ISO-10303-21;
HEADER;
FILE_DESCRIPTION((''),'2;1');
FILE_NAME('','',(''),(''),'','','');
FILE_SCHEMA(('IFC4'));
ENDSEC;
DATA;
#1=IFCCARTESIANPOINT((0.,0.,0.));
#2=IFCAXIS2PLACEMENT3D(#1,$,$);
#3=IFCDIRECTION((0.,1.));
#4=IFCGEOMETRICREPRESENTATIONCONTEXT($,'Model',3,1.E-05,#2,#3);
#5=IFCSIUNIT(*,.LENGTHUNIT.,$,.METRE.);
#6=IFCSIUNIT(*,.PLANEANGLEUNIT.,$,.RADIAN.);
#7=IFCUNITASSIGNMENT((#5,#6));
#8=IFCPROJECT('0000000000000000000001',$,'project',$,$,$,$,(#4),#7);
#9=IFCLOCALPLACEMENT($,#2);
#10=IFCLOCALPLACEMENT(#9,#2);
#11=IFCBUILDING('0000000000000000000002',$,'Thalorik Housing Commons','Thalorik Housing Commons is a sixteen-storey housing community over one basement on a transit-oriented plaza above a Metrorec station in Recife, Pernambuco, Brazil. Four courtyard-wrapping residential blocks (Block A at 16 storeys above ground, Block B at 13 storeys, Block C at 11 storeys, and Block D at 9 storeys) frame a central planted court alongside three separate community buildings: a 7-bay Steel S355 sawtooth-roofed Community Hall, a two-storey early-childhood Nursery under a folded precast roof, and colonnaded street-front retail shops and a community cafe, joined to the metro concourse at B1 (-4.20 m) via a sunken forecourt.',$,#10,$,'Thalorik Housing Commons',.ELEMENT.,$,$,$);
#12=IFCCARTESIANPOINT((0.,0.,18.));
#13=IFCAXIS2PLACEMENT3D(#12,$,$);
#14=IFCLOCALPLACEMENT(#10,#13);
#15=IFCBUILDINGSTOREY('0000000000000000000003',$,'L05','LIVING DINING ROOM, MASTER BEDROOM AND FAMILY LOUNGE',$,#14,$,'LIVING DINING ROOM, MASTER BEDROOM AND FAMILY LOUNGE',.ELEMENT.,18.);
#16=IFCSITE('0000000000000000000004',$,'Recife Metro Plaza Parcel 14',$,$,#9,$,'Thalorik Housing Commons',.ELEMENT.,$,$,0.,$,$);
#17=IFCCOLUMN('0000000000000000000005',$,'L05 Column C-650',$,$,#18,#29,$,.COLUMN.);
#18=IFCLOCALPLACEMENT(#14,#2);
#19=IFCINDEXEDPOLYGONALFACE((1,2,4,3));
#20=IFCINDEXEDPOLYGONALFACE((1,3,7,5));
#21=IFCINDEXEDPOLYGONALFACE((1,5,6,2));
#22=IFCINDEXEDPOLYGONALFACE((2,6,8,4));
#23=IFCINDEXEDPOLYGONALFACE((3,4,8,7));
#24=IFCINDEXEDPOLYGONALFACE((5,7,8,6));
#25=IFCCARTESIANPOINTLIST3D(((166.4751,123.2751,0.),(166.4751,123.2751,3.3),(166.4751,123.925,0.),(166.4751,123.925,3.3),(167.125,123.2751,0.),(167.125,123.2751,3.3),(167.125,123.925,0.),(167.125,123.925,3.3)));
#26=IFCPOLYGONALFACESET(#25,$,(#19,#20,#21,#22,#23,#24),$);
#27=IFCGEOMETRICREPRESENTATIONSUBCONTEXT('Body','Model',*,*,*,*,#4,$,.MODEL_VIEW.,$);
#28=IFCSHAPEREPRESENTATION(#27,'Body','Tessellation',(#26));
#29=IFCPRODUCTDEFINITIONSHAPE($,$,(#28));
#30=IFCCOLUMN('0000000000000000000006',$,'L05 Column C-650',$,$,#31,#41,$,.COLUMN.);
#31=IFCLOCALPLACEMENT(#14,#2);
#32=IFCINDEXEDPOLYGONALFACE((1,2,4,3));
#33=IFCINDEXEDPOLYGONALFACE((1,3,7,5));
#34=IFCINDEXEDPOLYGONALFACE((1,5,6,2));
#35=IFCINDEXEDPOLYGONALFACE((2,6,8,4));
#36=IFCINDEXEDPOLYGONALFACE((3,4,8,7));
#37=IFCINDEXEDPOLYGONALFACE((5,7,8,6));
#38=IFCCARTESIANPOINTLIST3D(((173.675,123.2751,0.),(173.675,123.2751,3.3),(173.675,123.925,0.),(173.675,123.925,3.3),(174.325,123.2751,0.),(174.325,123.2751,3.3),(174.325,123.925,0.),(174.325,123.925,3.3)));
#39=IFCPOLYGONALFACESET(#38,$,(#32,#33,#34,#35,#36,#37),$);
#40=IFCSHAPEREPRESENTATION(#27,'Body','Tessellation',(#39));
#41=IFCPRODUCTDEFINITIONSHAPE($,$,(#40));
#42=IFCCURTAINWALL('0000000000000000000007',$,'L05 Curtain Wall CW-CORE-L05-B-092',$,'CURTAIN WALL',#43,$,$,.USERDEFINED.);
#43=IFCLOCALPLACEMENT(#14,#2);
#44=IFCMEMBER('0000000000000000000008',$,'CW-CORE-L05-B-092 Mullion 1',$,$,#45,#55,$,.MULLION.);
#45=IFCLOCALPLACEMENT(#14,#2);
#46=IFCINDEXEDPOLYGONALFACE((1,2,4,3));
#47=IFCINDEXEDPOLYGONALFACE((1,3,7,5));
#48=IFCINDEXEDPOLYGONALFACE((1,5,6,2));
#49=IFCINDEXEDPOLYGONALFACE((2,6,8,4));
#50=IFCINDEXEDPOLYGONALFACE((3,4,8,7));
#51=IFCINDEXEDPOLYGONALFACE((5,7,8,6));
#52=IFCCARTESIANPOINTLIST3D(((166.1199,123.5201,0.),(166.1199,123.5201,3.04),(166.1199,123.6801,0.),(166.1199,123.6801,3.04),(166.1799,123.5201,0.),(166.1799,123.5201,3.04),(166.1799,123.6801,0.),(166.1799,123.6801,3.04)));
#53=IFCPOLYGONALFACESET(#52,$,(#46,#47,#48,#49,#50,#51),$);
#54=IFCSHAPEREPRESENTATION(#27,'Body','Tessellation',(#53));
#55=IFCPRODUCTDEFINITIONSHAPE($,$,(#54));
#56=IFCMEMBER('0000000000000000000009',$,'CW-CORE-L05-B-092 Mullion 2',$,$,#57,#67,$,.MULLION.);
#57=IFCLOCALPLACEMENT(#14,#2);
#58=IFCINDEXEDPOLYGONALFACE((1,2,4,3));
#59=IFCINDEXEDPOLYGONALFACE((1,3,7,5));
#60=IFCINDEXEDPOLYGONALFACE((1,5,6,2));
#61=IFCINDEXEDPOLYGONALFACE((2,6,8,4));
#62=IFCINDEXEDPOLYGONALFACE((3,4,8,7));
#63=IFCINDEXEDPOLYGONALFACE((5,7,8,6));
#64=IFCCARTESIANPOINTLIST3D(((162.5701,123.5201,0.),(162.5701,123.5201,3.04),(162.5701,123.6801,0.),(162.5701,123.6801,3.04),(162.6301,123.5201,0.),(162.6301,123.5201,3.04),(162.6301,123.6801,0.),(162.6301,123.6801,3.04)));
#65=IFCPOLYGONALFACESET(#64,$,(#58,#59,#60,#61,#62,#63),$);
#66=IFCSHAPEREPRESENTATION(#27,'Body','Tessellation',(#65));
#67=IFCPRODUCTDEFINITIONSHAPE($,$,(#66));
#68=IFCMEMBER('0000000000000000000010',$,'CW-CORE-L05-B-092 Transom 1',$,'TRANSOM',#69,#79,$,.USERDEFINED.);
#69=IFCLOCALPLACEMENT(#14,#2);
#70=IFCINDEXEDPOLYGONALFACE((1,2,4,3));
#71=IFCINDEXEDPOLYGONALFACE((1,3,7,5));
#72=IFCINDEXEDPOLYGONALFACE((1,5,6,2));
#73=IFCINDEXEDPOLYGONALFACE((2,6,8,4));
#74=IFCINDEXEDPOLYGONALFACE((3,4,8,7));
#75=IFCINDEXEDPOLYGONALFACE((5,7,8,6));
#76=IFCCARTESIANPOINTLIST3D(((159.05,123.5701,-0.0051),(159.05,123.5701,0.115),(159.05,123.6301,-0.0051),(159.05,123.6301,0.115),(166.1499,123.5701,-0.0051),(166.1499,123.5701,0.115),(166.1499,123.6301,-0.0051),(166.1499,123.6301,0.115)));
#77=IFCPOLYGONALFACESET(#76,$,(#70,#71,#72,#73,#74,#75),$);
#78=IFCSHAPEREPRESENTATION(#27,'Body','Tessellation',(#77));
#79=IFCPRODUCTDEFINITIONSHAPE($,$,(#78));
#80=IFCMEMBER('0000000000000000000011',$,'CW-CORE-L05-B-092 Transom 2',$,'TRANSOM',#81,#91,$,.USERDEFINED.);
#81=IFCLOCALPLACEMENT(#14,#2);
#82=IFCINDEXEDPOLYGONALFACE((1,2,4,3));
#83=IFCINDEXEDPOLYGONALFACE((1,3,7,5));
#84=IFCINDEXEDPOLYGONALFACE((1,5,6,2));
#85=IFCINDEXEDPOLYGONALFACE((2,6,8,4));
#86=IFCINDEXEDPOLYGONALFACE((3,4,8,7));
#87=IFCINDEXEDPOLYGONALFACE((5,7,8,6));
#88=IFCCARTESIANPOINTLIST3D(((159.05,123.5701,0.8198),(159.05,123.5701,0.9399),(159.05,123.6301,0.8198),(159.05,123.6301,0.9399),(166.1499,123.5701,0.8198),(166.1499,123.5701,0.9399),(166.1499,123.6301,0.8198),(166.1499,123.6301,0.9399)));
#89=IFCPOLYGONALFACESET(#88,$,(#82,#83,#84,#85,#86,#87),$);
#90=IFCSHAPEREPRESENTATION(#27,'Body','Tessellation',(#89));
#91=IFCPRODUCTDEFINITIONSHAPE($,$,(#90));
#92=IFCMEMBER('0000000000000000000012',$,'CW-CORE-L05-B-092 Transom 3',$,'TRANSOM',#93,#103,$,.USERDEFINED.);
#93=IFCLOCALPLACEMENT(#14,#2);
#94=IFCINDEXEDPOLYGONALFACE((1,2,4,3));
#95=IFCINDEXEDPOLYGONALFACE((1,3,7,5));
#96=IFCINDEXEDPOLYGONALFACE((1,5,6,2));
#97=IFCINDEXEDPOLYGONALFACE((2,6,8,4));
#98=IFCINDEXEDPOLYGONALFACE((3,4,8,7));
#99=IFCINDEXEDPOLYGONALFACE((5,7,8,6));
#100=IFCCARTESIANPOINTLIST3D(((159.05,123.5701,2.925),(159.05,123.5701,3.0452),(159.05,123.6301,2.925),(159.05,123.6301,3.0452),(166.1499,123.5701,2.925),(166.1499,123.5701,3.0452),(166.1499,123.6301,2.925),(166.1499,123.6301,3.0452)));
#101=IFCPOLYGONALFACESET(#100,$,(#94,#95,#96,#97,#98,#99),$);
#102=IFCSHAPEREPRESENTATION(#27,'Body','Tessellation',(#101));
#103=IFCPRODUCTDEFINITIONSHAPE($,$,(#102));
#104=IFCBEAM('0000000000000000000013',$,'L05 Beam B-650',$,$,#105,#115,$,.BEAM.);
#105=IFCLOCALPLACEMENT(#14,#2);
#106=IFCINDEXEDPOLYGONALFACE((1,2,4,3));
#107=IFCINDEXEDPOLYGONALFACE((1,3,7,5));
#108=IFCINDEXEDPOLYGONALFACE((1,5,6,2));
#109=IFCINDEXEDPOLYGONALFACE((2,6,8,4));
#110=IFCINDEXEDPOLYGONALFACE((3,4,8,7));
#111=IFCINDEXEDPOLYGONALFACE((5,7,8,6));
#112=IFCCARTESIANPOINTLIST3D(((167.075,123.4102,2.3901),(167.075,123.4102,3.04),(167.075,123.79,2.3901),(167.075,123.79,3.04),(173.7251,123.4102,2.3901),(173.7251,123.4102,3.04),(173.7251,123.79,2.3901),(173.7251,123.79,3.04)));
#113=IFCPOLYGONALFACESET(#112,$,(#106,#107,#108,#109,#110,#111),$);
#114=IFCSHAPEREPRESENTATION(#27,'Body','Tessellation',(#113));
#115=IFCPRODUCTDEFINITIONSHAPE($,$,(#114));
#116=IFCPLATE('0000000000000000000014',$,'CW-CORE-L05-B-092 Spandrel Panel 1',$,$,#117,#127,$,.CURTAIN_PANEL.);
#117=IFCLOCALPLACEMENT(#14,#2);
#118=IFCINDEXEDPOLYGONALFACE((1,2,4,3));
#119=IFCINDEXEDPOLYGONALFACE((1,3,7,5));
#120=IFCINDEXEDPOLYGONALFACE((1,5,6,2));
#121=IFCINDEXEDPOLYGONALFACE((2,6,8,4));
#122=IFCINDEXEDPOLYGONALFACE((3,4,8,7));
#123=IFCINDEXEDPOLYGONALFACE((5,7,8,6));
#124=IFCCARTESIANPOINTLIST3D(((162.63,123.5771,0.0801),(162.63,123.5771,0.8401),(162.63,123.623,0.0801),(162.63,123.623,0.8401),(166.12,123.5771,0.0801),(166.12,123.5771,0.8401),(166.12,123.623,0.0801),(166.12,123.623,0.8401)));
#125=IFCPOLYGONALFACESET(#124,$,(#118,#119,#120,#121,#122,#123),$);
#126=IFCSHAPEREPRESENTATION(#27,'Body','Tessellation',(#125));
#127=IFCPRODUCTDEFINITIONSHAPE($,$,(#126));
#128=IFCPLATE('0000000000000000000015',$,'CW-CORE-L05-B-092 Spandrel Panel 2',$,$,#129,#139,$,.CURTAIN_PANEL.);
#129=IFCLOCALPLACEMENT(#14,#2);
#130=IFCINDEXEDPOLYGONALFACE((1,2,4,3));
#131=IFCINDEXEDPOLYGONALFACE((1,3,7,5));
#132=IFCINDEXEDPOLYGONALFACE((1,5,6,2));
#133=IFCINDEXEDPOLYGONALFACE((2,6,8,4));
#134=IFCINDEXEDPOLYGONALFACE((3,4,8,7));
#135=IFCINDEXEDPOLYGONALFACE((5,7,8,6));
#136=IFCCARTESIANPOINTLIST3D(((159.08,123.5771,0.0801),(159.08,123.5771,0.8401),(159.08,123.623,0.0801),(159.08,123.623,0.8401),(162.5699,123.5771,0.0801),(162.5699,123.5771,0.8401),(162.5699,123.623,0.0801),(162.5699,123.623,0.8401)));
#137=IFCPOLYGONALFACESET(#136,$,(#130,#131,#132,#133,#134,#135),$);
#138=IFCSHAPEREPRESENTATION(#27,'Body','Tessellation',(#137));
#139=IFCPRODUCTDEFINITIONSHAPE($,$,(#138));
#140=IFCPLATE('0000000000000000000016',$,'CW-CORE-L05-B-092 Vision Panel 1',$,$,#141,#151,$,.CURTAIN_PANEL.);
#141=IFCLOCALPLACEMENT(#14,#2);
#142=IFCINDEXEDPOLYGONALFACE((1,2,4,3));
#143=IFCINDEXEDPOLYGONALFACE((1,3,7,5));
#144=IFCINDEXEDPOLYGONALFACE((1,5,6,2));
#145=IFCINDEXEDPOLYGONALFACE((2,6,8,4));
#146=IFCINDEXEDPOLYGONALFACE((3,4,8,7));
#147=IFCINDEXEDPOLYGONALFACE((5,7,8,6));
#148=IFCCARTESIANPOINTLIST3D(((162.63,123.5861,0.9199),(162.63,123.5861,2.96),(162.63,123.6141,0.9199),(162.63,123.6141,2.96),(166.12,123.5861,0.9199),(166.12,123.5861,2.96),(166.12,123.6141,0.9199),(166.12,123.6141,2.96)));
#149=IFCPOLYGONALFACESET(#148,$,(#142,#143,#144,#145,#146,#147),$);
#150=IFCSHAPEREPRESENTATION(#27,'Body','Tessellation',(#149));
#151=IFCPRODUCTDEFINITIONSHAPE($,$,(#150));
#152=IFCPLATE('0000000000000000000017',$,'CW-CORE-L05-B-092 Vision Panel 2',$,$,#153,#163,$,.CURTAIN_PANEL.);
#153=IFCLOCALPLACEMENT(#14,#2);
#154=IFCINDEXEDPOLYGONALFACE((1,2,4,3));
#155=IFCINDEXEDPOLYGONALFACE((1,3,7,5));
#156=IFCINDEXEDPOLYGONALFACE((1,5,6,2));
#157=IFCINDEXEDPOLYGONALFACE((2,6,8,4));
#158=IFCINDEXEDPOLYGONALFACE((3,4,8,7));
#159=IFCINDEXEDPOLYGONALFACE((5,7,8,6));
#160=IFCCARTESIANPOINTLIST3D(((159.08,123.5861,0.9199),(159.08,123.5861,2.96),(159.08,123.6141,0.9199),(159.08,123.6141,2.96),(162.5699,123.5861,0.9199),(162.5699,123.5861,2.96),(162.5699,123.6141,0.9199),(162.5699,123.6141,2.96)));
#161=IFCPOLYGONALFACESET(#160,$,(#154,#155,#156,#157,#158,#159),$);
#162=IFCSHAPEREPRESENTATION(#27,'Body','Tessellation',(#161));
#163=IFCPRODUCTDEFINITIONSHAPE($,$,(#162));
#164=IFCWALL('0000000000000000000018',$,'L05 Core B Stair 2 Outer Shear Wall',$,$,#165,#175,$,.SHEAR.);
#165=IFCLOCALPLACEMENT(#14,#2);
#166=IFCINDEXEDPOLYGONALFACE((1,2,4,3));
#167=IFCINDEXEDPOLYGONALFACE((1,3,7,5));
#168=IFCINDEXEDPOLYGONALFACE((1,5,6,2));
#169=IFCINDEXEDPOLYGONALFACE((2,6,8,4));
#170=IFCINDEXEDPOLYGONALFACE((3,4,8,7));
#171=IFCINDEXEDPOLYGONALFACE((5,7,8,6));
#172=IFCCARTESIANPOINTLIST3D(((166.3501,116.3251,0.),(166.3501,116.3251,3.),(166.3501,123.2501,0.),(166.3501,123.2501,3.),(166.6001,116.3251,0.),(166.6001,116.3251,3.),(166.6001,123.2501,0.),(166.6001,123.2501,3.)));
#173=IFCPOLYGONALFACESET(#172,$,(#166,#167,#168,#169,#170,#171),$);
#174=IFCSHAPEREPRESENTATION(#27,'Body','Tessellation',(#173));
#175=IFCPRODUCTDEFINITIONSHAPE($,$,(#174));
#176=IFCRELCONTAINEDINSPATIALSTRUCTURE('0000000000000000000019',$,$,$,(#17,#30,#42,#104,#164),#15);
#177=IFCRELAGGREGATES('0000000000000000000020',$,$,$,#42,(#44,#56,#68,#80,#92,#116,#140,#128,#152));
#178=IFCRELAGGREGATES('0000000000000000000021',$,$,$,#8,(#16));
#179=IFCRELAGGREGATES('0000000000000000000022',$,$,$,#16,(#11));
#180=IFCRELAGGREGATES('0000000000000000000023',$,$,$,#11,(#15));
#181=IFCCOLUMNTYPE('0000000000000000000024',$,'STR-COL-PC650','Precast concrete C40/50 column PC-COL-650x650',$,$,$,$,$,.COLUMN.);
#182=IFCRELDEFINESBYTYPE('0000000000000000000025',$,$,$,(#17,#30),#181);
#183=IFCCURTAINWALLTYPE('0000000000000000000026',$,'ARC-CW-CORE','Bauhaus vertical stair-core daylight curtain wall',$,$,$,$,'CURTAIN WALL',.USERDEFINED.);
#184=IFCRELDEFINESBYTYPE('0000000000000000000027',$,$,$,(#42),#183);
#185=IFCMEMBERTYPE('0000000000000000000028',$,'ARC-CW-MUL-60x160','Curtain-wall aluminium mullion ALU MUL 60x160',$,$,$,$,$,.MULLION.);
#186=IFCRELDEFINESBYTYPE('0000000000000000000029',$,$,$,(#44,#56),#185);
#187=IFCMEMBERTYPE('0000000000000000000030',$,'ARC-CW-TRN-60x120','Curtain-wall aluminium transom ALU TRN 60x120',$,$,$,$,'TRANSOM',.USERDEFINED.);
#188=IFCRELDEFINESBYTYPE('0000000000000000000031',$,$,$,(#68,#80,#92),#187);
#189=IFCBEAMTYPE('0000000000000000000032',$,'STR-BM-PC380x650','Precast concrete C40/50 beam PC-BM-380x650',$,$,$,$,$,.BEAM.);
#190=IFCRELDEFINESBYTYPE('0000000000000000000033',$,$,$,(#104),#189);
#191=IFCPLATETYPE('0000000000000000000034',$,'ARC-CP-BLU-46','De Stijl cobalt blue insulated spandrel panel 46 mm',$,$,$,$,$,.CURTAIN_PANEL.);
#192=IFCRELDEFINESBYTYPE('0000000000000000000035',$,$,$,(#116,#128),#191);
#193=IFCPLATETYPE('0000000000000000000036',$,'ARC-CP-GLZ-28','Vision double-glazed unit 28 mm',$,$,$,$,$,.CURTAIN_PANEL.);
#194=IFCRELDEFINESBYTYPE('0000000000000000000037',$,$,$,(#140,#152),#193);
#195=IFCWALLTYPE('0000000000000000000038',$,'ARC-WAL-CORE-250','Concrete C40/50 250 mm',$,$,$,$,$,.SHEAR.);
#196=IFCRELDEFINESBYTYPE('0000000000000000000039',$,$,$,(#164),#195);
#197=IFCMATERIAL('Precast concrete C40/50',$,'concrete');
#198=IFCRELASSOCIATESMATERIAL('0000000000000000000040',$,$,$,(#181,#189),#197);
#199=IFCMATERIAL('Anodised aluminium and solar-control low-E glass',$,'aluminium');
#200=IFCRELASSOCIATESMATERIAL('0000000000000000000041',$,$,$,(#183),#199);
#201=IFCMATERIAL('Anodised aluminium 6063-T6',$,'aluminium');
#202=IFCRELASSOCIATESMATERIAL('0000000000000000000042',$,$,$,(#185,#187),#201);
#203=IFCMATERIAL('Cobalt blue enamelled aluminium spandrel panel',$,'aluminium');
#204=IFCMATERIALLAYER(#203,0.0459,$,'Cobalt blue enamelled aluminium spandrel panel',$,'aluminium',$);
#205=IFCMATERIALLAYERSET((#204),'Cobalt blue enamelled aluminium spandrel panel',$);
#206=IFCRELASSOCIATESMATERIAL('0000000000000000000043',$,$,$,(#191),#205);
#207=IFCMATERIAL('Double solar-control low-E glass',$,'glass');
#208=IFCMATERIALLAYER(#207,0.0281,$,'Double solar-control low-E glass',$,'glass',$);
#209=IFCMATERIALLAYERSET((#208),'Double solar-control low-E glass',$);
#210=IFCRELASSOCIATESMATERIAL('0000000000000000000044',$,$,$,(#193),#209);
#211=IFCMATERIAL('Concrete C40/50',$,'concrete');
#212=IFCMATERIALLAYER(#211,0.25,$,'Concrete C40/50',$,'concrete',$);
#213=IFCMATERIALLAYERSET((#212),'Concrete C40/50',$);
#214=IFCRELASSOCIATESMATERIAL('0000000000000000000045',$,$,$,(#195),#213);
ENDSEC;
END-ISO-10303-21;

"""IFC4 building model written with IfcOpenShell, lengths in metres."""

from ifc_helpers import new_model, si_unit, direction, frame, frame_2d, origin, origin_2d, place, context, subcontext, project, spatial, rectangle, extrude, material, layer, layer_set, material_profile, profile_set, type_object, element, aggregate, save


model = new_model("IFC4")

# Units and contexts
model_context = context("Model", 3, precision=1e-05, world=origin(), true_north=direction((0.0, 1.0)))
body_context = subcontext(model_context, "Body", "Model", "MODEL_VIEW")
ifc_project = project(units=[si_unit("LENGTHUNIT", "METRE"), si_unit("PLANEANGLEUNIT", "RADIAN")], contexts=[model_context])

# Site, building, storey
site_placement = place(None, origin())
site = spatial("IfcSite", under=ifc_project, at=site_placement, Name="Recife Metro Plaza Parcel 14", LongName="Thalorik Housing Commons", CompositionType="ELEMENT", RefElevation=0.0)
building_placement = place(site_placement, origin())
building = spatial("IfcBuilding", under=site, at=building_placement, Name="Thalorik Housing Commons", Description="Thalorik Housing Commons is a sixteen-storey housing community over one basement on a transit-oriented plaza above a Metrorec station in Recife, Pernambuco, Brazil. Four courtyard-wrapping residential blocks (Block A at 16 storeys above ground, Block B at 13 storeys, Block C at 11 storeys, and Block D at 9 storeys) frame a central planted court alongside three separate community buildings: a 7-bay Steel S355 sawtooth-roofed Community Hall, a two-storey early-childhood Nursery under a folded precast roof, and colonnaded street-front retail shops and a community cafe, joined to the metro concourse at B1 (-4.20 m) via a sunken forecourt.", LongName="Thalorik Housing Commons", CompositionType="ELEMENT")
storey_placement = place(building_placement, frame((0.0, 0.0, 18.0)))
storey = spatial("IfcBuildingStorey", under=building, at=storey_placement, Name="L05", Description="LIVING DINING ROOM, MASTER BEDROOM AND FAMILY LOUNGE", LongName="LIVING DINING ROOM, MASTER BEDROOM AND FAMILY LOUNGE", CompositionType="ELEMENT", Elevation=18.0)

# Columns
ifc_material_1 = material(Name="Precast concrete C40/50", Category="concrete")
ifc_material_profile_1 = material_profile(ifc_material_1, rectangle(XDim=0.6499, YDim=0.6499, at=origin_2d()), Name="PC 650x650", Category="concrete")
ifc_profile_set_1 = profile_set([ifc_material_profile_1], Name="Precast concrete C40/50")
column_type = type_object("IfcColumnType", Name="STR-COL-PC650", Description="Precast concrete C40/50 column PC-COL-650x650", PredefinedType="COLUMN", material=ifc_profile_set_1)
for number, where, z_axis, x_axis, name in (
    (1, (166.8, 123.6001, 0.0), (0.0, 0.0, 1.0), (1.0, 0.0, 0.0), "L05 Column C-650"),
    (2, (174.0, 123.6001, 0.0), (0.0, 0.0, 1.0), (1.0, 0.0, 0.0), "L05 Column C-650"),
):
    element("IfcColumn", number, at=place(storey_placement, frame(where, z_axis=z_axis, x_axis=x_axis)), inside=storey, type_object=column_type, Name=name, PredefinedType="COLUMN", context=body_context, shape_type="SweptSolid", body=[
        extrude(rectangle(XDim=0.6499, YDim=0.6499, at=origin_2d()), origin(), (0.0, 0.0, 1.0), 3.3),
    ])

# Curtain wall, members
ifc_material_2 = material(Name="Anodised aluminium and solar-control low-E glass", Category="aluminium")
curtain_wall_type = type_object("IfcCurtainWallType", Name="ARC-CW-CORE", Description="Bauhaus vertical stair-core daylight curtain wall", ElementType="CURTAIN WALL", PredefinedType="USERDEFINED", material=ifc_material_2)
curtain_wall_placement = place(storey_placement, origin())
curtain_wall = element("IfcCurtainWall", 3, at=curtain_wall_placement, inside=storey, type_object=curtain_wall_type, Name="L05 Curtain Wall CW-CORE-L05-B-092", ObjectType="CURTAIN WALL", PredefinedType="USERDEFINED")
ifc_material_3 = material(Name="Anodised aluminium 6063-T6", Category="aluminium")
ifc_material_profile_2 = material_profile(ifc_material_3, rectangle(XDim=0.0601, YDim=0.1599, at=origin_2d()), Name="ALU MUL 60x160", Category="aluminium")
ifc_profile_set_2 = profile_set([ifc_material_profile_2], Name="Anodised aluminium 6063-T6")
member_type_1 = type_object("IfcMemberType", Name="ARC-CW-MUL-60x160", Description="Curtain-wall aluminium mullion ALU MUL 60x160", PredefinedType="MULLION", material=ifc_profile_set_2)
member_1_placement = place(storey_placement, frame((166.1499, 123.6001, 0.0), z_axis=(0.0, 0.0, 1.0), x_axis=(-1.0, 0.0, 0.0)))
member_1 = element("IfcMember", 4, at=member_1_placement, type_object=member_type_1, Name="CW-CORE-L05-B-092 Mullion 1", PredefinedType="MULLION", context=body_context, shape_type="SweptSolid", body=[
    extrude(rectangle(XDim=0.0601, YDim=0.1599, at=origin_2d()), origin(), (0.0, 0.0, 1.0), 3.04),
])
member_2_placement = place(storey_placement, frame((162.6001, 123.6001, 0.0), z_axis=(0.0, 0.0, 1.0), x_axis=(-1.0, 0.0, 0.0)))
member_2 = element("IfcMember", 5, at=member_2_placement, type_object=member_type_1, Name="CW-CORE-L05-B-092 Mullion 2", PredefinedType="MULLION", context=body_context, shape_type="SweptSolid", body=[
    extrude(rectangle(XDim=0.0601, YDim=0.1599, at=origin_2d()), origin(), (0.0, 0.0, 1.0), 3.04),
])
ifc_material_profile_3 = material_profile(ifc_material_3, rectangle(XDim=0.0601, YDim=0.1201, at=origin_2d()), Name="ALU TRN 60x120", Category="aluminium")
ifc_profile_set_3 = profile_set([ifc_material_profile_3], Name="Anodised aluminium 6063-T6")
member_type_2 = type_object("IfcMemberType", Name="ARC-CW-TRN-60x120", Description="Curtain-wall aluminium transom ALU TRN 60x120", ElementType="TRANSOM", PredefinedType="USERDEFINED", material=ifc_profile_set_3)
member_3_placement = place(storey_placement, frame((166.1499, 123.6001, 0.0549), z_axis=(-1.0, 0.0, 0.0), x_axis=(0.0, -1.0, 0.0)))
member_3 = element("IfcMember", 6, at=member_3_placement, type_object=member_type_2, Name="CW-CORE-L05-B-092 Transom 1", ObjectType="TRANSOM", PredefinedType="USERDEFINED", context=body_context, shape_type="SweptSolid", body=[
    extrude(rectangle(XDim=0.0601, YDim=0.1201, at=origin_2d()), origin(), (0.0, 0.0, 1.0), 7.0999),
])
member_4_placement = place(storey_placement, frame((166.1499, 123.6001, 0.8799), z_axis=(-1.0, 0.0, 0.0), x_axis=(0.0, -1.0, 0.0)))
member_4 = element("IfcMember", 7, at=member_4_placement, type_object=member_type_2, Name="CW-CORE-L05-B-092 Transom 2", ObjectType="TRANSOM", PredefinedType="USERDEFINED", context=body_context, shape_type="SweptSolid", body=[
    extrude(rectangle(XDim=0.0601, YDim=0.1201, at=origin_2d()), origin(), (0.0, 0.0, 1.0), 7.0999),
])
member_5_placement = place(storey_placement, frame((166.1499, 123.6001, 2.9851), z_axis=(-1.0, 0.0, 0.0), x_axis=(0.0, -1.0, 0.0)))
member_5 = element("IfcMember", 8, at=member_5_placement, type_object=member_type_2, Name="CW-CORE-L05-B-092 Transom 3", ObjectType="TRANSOM", PredefinedType="USERDEFINED", context=body_context, shape_type="SweptSolid", body=[
    extrude(rectangle(XDim=0.0601, YDim=0.1201, at=origin_2d()), origin(), (0.0, 0.0, 1.0), 7.0999),
])

# Beam
ifc_material_profile_4 = material_profile(ifc_material_1, rectangle(XDim=0.3799, YDim=0.6499, at=origin_2d()), Name="PC 380x650", Category="concrete")
ifc_profile_set_4 = profile_set([ifc_material_profile_4], Name="Precast concrete C40/50")
beam_type = type_object("IfcBeamType", Name="STR-BM-PC380x650", Description="Precast concrete C40/50 beam PC-BM-380x650", PredefinedType="BEAM", material=ifc_profile_set_4)
beam_placement = place(storey_placement, frame((167.075, 123.6001, 2.7151), z_axis=(1.0, 0.0, 0.0), x_axis=(0.0, 1.0, 0.0)))
element("IfcBeam", 9, at=beam_placement, inside=storey, type_object=beam_type, Name="L05 Beam B-650", PredefinedType="BEAM", context=body_context, shape_type="SweptSolid", body=[
    extrude(rectangle(XDim=0.3799, YDim=0.6499, at=origin_2d()), origin(), (0.0, 0.0, 1.0), 6.6501),
])

# Plates
ifc_material_4 = material(Name="Cobalt blue enamelled aluminium spandrel panel", Category="aluminium")
ifc_layer_1 = layer(ifc_material_4, 0.0459, Name="Cobalt blue enamelled aluminium spandrel panel", Category="aluminium")
ifc_layer_set_1 = layer_set([ifc_layer_1], Name="Cobalt blue enamelled aluminium spandrel panel")
plate_type_1 = type_object("IfcPlateType", Name="ARC-CP-BLU-46", Description="De Stijl cobalt blue insulated spandrel panel 46 mm", PredefinedType="CURTAIN_PANEL", material=ifc_layer_set_1)
plate_1_placement = place(storey_placement, frame((164.375, 123.6001, 0.0801), z_axis=(0.0, 0.0, 1.0), x_axis=(-1.0, 0.0, 0.0)))
plate_1 = element("IfcPlate", 10, at=plate_1_placement, type_object=plate_type_1, Name="CW-CORE-L05-B-092 Spandrel Panel 1", PredefinedType="CURTAIN_PANEL", context=body_context, shape_type="SweptSolid", body=[
    extrude(rectangle(XDim=3.49, YDim=0.0459, at=origin_2d()), origin(), (0.0, 0.0, 1.0), 0.76),
])
plate_2_placement = place(storey_placement, frame((160.825, 123.6001, 0.0801), z_axis=(0.0, 0.0, 1.0), x_axis=(-1.0, 0.0, 0.0)))
plate_2 = element("IfcPlate", 11, at=plate_2_placement, type_object=plate_type_1, Name="CW-CORE-L05-B-092 Spandrel Panel 2", PredefinedType="CURTAIN_PANEL", context=body_context, shape_type="SweptSolid", body=[
    extrude(rectangle(XDim=3.49, YDim=0.0459, at=origin_2d()), origin(), (0.0, 0.0, 1.0), 0.76),
])
ifc_material_5 = material(Name="Double solar-control low-E glass", Category="glass")
ifc_layer_2 = layer(ifc_material_5, 0.0281, Name="Double solar-control low-E glass", Category="glass")
ifc_layer_set_2 = layer_set([ifc_layer_2], Name="Double solar-control low-E glass")
plate_type_2 = type_object("IfcPlateType", Name="ARC-CP-GLZ-28", Description="Vision double-glazed unit 28 mm", PredefinedType="CURTAIN_PANEL", material=ifc_layer_set_2)
plate_3_placement = place(storey_placement, frame((164.375, 123.6001, 0.9199), z_axis=(0.0, 0.0, 1.0), x_axis=(-1.0, 0.0, 0.0)))
plate_3 = element("IfcPlate", 12, at=plate_3_placement, type_object=plate_type_2, Name="CW-CORE-L05-B-092 Vision Panel 1", PredefinedType="CURTAIN_PANEL", context=body_context, shape_type="SweptSolid", body=[
    extrude(rectangle(XDim=3.49, YDim=0.0281, at=origin_2d()), origin(), (0.0, 0.0, 1.0), 2.04),
])
plate_4_placement = place(storey_placement, frame((160.825, 123.6001, 0.9199), z_axis=(0.0, 0.0, 1.0), x_axis=(-1.0, 0.0, 0.0)))
plate_4 = element("IfcPlate", 13, at=plate_4_placement, type_object=plate_type_2, Name="CW-CORE-L05-B-092 Vision Panel 2", PredefinedType="CURTAIN_PANEL", context=body_context, shape_type="SweptSolid", body=[
    extrude(rectangle(XDim=3.49, YDim=0.0281, at=origin_2d()), origin(), (0.0, 0.0, 1.0), 2.04),
])
aggregate(curtain_wall, [member_1, member_2, member_3, member_4, member_5, plate_1, plate_3, plate_2, plate_4])

# Wall
ifc_material_6 = material(Name="Concrete C40/50", Category="concrete")
ifc_layer_3 = layer(ifc_material_6, 0.25, Name="Concrete C40/50", Category="concrete")
ifc_layer_set_3 = layer_set([ifc_layer_3], Name="Concrete C40/50")
wall_type_1 = type_object("IfcWallType", Name="ARC-WAL-CORE-250", Description="Concrete C40/50 250 mm", PredefinedType="SHEAR", material=ifc_layer_set_3)
wall_1_placement = place(storey_placement, frame((166.4751, 123.25, 0.0), z_axis=(0.0, 0.0, 1.0), x_axis=(0.0, -1.0, 0.0)))
element("IfcWall", 14, at=wall_1_placement, inside=storey, type_object=wall_type_1, Name="L05 Core B Stair 2 Outer Shear Wall", PredefinedType="SHEAR", context=body_context, shape_type="SweptSolid", body=[
    extrude(rectangle(XDim=6.925, YDim=0.25, at=frame_2d((3.4624, 0.0))), origin(), (0.0, 0.0, 1.0), 3.0),
])

save(model, "model.ifc")
